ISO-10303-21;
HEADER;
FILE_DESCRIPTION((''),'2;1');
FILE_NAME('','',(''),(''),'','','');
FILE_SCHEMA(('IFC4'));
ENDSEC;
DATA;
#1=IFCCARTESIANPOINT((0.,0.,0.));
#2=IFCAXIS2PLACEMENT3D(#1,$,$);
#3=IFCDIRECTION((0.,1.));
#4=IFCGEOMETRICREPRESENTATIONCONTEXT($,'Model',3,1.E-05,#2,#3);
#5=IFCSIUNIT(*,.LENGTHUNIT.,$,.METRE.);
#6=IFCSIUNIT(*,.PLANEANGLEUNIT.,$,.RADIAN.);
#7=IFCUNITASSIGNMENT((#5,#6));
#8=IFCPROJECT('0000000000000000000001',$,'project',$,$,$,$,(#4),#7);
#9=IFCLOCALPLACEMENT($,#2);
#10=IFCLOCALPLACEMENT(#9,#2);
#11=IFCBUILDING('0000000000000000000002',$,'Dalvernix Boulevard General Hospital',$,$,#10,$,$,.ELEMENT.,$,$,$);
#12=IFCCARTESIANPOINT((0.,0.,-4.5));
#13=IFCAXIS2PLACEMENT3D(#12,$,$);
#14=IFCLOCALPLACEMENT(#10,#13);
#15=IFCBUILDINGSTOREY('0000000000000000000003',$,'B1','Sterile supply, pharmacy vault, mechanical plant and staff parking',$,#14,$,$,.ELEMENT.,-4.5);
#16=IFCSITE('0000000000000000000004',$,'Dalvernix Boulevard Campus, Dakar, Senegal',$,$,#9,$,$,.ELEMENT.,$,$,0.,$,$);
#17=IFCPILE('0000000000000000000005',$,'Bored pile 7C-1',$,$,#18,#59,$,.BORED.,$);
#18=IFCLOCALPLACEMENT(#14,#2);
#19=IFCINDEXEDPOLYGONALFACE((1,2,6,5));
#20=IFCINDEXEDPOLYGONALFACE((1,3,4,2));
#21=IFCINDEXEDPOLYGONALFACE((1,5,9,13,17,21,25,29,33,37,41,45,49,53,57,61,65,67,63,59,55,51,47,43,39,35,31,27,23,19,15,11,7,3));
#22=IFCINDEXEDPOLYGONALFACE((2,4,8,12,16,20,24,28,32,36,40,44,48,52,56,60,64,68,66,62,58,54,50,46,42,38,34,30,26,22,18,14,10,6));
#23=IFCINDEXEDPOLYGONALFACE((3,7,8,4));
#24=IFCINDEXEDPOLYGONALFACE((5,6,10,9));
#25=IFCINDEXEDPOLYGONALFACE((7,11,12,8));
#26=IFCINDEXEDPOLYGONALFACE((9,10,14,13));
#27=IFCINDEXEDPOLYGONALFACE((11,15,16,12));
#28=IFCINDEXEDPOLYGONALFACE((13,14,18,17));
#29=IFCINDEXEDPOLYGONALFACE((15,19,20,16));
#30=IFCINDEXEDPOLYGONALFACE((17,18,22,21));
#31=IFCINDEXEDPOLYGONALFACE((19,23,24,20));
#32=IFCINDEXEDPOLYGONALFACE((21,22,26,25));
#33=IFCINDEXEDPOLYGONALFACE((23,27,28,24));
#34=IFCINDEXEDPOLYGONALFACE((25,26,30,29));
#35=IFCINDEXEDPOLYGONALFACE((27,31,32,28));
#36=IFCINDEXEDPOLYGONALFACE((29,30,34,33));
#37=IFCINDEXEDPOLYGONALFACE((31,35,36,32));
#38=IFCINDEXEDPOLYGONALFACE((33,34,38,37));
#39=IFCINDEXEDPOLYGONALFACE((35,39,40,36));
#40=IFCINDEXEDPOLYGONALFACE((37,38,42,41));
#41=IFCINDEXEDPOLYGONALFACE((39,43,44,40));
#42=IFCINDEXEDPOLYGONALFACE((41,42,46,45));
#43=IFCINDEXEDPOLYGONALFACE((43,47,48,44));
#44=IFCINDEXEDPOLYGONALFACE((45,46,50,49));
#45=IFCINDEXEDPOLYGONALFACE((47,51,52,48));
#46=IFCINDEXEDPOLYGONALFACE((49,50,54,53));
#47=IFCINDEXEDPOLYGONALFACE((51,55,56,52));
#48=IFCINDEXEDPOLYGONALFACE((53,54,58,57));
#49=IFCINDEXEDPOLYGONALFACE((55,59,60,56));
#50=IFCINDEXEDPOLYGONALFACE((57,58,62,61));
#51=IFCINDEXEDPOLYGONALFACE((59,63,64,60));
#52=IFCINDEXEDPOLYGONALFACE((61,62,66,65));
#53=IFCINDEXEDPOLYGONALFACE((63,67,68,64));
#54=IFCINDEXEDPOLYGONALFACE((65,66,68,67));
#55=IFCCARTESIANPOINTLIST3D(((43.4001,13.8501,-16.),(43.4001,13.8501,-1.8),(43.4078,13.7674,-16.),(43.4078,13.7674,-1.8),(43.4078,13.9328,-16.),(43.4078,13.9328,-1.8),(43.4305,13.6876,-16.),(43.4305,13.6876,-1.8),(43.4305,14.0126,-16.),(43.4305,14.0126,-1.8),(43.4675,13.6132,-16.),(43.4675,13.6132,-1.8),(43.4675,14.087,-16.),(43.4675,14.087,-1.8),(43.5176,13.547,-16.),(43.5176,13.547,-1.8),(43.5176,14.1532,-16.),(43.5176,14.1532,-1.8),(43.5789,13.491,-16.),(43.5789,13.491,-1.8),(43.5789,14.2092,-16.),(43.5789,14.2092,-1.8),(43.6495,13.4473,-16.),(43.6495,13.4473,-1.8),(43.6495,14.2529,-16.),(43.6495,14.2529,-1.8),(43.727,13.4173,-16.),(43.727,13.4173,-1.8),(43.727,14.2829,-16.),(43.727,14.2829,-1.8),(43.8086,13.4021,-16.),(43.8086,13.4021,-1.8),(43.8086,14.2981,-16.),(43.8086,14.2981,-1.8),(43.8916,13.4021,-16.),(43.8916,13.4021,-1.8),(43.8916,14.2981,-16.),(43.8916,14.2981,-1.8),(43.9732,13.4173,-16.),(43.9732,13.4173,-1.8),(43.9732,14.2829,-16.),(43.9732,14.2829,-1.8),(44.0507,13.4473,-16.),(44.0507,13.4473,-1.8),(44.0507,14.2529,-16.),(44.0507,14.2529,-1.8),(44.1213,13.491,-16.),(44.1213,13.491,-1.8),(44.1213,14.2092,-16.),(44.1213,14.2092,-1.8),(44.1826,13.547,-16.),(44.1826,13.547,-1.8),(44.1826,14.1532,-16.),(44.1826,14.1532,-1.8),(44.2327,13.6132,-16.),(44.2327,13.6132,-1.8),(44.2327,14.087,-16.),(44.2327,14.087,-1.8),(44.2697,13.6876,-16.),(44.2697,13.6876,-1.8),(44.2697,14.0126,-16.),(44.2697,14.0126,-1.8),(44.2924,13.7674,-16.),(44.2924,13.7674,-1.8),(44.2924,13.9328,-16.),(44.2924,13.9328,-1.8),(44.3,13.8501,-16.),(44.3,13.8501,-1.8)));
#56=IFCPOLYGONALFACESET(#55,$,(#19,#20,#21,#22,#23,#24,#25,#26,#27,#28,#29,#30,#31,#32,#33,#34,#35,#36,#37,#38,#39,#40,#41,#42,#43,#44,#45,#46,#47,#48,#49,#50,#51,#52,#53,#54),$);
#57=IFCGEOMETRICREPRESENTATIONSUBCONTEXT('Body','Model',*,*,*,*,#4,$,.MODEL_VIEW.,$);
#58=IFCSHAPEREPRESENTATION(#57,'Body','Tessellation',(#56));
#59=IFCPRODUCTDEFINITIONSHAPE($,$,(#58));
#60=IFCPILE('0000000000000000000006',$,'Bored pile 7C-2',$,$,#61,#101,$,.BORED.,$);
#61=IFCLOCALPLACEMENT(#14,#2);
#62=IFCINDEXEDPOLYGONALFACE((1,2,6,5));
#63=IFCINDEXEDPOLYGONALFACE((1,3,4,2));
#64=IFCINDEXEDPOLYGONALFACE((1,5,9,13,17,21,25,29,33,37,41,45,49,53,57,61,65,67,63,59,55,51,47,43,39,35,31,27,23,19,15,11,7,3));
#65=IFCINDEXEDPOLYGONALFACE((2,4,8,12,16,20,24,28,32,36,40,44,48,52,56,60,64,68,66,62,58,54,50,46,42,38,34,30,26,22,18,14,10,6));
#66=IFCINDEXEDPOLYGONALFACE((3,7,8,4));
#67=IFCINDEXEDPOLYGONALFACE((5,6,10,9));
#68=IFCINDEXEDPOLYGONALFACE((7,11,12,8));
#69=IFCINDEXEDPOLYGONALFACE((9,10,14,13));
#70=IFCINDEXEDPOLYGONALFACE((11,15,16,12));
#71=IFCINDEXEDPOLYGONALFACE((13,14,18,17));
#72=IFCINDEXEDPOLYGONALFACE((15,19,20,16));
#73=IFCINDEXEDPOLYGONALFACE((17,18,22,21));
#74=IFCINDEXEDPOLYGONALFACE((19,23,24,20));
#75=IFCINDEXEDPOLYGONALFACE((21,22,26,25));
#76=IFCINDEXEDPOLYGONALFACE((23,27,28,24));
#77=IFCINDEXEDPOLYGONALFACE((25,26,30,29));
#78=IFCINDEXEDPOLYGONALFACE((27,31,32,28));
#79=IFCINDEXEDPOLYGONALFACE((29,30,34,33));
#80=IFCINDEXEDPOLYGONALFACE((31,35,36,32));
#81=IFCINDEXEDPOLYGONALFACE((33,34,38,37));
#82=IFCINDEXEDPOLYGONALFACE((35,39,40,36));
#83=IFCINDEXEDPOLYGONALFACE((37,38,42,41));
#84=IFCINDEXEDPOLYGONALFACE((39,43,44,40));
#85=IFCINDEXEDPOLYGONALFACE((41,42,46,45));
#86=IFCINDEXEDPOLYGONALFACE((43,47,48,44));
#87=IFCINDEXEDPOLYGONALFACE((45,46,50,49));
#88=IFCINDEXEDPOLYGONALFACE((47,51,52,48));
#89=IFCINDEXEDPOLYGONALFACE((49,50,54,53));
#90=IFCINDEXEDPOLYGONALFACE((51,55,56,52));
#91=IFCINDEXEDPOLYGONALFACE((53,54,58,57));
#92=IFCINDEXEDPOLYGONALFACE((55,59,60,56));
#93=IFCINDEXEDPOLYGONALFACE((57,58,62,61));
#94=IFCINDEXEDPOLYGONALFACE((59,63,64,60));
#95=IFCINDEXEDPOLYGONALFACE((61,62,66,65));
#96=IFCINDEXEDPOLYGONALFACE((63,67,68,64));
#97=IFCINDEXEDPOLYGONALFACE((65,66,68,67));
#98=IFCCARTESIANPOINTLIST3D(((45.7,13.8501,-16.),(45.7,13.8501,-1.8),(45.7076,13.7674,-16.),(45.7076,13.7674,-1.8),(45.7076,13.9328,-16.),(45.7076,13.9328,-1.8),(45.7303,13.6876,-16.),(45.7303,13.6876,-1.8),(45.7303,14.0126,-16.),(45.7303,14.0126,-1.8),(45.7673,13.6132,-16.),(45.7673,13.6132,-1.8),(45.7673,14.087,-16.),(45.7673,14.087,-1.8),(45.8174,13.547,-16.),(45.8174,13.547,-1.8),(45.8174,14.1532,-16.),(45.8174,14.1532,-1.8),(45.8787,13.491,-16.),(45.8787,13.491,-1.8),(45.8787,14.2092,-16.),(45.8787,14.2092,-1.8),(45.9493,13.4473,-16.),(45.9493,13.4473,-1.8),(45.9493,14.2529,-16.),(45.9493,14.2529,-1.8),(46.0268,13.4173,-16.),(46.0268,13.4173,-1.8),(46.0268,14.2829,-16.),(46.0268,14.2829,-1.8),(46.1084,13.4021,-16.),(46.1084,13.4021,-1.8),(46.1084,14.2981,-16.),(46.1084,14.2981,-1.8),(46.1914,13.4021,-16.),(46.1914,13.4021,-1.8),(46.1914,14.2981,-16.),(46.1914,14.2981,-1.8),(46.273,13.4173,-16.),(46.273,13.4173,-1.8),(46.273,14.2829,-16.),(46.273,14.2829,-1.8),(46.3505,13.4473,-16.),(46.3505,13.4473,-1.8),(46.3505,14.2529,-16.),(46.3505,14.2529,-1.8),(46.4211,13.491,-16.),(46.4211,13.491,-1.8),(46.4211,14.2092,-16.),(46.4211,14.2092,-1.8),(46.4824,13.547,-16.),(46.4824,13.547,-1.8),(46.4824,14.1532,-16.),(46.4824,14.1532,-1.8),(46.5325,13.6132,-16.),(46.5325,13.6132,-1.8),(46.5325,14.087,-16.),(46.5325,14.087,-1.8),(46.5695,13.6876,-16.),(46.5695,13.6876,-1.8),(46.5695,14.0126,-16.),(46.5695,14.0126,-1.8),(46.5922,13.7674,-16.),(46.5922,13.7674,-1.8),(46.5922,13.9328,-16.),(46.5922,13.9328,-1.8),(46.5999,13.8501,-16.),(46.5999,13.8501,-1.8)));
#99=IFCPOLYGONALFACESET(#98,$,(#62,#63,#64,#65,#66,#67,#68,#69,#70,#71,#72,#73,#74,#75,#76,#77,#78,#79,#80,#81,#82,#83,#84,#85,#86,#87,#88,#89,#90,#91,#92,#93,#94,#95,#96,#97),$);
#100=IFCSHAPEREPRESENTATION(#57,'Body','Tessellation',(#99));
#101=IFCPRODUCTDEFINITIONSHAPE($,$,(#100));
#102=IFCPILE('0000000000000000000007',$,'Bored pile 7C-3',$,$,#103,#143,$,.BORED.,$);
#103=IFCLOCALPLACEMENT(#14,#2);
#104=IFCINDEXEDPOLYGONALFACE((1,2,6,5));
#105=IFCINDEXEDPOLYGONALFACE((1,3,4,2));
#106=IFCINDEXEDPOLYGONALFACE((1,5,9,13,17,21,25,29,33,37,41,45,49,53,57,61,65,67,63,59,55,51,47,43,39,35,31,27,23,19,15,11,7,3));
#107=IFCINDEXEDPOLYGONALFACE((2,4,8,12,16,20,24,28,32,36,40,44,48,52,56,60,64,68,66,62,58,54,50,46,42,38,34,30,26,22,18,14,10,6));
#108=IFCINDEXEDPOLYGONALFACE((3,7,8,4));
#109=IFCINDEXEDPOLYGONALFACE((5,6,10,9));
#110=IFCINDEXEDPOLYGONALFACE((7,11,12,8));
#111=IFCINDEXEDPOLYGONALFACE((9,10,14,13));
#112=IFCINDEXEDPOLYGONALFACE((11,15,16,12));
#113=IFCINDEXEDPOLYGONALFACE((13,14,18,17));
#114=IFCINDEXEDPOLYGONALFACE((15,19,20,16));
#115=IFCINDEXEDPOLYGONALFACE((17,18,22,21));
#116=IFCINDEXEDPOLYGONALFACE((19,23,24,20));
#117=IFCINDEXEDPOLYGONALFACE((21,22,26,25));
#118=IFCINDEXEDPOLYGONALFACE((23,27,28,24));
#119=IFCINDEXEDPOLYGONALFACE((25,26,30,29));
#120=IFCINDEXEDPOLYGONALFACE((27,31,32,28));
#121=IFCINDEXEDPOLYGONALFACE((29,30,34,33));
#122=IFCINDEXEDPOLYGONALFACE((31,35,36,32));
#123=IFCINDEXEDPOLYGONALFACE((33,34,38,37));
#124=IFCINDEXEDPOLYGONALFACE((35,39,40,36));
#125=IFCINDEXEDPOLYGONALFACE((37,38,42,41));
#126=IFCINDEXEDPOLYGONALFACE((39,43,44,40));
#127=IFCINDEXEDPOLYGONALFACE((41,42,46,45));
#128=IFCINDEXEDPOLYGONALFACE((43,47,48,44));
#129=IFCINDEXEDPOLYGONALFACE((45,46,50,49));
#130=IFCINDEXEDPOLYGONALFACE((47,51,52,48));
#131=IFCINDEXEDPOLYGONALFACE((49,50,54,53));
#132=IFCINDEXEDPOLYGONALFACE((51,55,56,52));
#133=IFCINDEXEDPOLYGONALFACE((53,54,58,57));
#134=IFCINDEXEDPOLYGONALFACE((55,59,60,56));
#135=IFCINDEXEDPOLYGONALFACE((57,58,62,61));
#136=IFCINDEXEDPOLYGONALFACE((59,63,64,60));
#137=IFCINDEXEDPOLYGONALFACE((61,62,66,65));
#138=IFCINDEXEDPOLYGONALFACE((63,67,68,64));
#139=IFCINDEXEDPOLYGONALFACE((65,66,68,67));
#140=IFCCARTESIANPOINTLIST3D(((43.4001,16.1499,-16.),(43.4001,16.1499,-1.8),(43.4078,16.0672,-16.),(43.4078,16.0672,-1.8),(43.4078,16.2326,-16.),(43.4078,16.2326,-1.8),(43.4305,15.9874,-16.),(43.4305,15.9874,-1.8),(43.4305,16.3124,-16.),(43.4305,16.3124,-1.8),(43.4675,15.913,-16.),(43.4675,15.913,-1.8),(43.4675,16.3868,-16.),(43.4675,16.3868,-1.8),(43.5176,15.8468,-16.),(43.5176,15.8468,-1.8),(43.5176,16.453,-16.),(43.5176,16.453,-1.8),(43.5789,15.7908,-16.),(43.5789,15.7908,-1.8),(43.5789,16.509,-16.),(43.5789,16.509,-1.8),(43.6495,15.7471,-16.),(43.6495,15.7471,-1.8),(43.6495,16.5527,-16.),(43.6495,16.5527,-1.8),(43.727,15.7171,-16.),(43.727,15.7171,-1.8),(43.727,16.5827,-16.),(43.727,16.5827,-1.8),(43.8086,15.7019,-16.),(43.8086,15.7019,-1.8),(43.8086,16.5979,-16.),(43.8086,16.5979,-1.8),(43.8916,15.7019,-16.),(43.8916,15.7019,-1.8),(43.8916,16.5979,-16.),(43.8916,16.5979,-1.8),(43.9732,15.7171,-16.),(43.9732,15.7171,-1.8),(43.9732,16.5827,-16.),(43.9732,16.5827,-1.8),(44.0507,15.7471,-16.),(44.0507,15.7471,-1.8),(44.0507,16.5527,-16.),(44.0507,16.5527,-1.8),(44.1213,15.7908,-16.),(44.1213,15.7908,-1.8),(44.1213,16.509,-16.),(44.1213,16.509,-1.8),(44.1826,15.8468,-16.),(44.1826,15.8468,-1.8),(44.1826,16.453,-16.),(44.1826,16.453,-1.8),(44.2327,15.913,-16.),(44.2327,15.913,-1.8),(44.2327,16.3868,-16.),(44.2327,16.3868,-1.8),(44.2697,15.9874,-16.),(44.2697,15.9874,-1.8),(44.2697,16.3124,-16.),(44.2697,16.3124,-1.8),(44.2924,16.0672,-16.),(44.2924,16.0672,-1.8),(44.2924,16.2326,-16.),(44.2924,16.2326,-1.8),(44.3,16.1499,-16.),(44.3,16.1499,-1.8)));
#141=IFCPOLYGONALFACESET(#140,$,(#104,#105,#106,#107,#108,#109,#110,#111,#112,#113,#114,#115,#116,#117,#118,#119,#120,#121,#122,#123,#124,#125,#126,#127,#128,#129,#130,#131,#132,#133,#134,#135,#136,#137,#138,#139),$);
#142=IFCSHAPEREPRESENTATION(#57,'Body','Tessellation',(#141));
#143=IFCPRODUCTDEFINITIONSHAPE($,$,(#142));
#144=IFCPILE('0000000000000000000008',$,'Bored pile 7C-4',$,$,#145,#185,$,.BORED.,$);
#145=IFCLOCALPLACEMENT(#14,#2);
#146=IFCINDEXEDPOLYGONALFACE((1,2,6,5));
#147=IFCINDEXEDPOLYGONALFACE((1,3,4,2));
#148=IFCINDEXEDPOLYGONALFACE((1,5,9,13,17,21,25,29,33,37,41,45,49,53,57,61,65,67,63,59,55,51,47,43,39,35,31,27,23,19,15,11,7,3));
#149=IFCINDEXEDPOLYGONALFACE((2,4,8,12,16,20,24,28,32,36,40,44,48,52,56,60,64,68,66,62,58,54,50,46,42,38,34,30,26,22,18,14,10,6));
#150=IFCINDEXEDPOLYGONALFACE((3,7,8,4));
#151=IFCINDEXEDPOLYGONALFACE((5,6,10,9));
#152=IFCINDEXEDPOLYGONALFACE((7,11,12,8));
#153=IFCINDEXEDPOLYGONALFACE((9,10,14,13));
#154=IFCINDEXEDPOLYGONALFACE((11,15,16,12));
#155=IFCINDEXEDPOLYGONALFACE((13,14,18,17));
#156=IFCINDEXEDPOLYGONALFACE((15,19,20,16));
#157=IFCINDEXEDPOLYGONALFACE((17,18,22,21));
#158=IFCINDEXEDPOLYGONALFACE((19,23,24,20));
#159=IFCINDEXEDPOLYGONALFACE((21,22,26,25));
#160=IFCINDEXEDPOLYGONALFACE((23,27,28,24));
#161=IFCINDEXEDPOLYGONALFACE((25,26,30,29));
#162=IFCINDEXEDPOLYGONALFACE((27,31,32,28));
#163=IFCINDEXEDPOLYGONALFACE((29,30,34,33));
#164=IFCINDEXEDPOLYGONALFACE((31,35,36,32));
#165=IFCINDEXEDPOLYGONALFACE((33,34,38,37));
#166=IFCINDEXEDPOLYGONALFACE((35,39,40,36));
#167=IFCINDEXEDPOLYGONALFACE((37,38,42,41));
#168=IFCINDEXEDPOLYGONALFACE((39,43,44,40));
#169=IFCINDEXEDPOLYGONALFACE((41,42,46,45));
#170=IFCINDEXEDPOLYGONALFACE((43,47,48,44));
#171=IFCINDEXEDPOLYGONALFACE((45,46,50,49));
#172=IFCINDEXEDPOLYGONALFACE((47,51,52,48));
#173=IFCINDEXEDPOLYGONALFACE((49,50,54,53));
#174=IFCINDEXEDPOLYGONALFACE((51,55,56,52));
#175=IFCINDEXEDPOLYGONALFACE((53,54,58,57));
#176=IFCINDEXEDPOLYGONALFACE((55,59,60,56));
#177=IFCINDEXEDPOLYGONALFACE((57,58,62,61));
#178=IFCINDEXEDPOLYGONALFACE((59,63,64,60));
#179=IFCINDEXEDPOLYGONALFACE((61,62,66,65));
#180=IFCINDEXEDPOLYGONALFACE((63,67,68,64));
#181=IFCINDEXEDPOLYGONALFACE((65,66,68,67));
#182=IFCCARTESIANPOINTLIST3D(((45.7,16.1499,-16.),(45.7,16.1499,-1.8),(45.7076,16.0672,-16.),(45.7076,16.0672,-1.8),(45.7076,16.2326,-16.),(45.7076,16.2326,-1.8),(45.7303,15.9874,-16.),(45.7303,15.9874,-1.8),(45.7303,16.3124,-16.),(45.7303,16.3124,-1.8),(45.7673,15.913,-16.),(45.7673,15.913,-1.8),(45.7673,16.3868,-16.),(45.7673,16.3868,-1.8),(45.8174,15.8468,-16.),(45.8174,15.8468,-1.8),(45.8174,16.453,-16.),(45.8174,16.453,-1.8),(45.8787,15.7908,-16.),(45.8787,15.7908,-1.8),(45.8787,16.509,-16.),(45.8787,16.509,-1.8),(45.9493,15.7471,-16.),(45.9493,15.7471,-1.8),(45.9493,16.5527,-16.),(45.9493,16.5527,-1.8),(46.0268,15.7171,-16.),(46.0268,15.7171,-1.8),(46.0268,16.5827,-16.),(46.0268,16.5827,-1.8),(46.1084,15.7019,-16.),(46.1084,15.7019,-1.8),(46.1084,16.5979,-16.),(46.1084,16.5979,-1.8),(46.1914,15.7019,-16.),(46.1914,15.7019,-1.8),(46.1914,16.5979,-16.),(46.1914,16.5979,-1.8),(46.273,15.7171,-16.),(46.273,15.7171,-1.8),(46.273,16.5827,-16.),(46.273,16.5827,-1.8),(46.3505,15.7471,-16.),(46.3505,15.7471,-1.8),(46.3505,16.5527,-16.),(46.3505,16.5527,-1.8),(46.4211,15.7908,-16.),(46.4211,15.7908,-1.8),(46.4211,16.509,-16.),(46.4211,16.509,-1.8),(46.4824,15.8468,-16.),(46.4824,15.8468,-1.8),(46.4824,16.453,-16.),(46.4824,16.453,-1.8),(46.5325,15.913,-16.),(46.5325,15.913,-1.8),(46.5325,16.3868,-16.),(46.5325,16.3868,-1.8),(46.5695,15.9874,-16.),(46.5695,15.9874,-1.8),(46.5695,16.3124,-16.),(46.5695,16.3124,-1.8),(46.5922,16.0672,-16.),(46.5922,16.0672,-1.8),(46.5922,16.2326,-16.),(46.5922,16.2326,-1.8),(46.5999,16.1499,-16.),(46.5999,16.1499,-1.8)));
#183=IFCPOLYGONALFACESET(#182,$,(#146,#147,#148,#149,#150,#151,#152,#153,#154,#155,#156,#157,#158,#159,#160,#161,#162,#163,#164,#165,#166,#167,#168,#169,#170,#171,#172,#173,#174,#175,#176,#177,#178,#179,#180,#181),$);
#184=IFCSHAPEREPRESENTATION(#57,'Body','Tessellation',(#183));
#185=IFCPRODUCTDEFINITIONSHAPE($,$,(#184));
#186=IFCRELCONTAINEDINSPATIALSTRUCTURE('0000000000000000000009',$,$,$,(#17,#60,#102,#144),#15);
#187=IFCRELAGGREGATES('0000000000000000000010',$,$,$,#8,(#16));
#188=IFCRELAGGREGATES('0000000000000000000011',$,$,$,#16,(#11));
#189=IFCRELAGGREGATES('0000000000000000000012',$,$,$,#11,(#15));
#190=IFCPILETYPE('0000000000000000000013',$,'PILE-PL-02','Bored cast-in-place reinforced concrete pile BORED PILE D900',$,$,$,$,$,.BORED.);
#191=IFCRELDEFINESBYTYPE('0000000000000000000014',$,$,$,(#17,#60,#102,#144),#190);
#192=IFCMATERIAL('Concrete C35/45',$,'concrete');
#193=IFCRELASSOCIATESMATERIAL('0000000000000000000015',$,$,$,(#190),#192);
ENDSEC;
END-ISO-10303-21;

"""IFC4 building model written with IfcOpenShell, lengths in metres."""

from ifc_helpers import new_model, si_unit, direction, frame, origin, origin_2d, place, context, subcontext, project, spatial, circle, extrude, material, material_profile, profile_set, type_object, element, save


model = new_model("IFC4")

# Units and contexts
model_context = context("Model", 3, precision=1e-05, world=origin(), true_north=direction((0.0, 1.0)))
body_context = subcontext(model_context, "Body", "Model", "MODEL_VIEW")
ifc_project = project(units=[si_unit("LENGTHUNIT", "METRE"), si_unit("PLANEANGLEUNIT", "RADIAN")], contexts=[model_context])

# Site, building, storey
site_placement = place(None, origin())
site = spatial("IfcSite", under=ifc_project, at=site_placement, Name="Dalvernix Boulevard Campus, Dakar, Senegal", CompositionType="ELEMENT", RefElevation=0.0)
building_placement = place(site_placement, origin())
building = spatial("IfcBuilding", under=site, at=building_placement, Name="Dalvernix Boulevard General Hospital", CompositionType="ELEMENT")
storey_placement = place(building_placement, frame((0.0, 0.0, -4.5)))
storey = spatial("IfcBuildingStorey", under=building, at=storey_placement, Name="B1", Description="Sterile supply, pharmacy vault, mechanical plant and staff parking", CompositionType="ELEMENT", Elevation=-4.5)

# Shared definitions
ifc_material_1 = material(Name="Concrete C35/45", Category="concrete")

# Piles
ifc_material_profile_1 = material_profile(ifc_material_1, circle(Radius=0.45, at=origin_2d()), Name="BORED PILE D900")
ifc_profile_set_1 = profile_set([ifc_material_profile_1], Name="Concrete C35/45")
pile_type_1 = type_object("IfcPileType", Name="PILE-PL-02", Description="Bored cast-in-place reinforced concrete pile BORED PILE D900", PredefinedType="BORED", material=ifc_profile_set_1)
for number, where, z_axis, x_axis, name in (
    (1, (43.8501, 13.8501, -1.8), (0.0, 0.0, -1.0), (1.0, 0.0, 0.0), "Bored pile 7C-1"),
    (2, (46.1499, 13.8501, -1.8), (0.0, 0.0, -1.0), (1.0, 0.0, 0.0), "Bored pile 7C-2"),
    (3, (43.8501, 16.1499, -1.8), (0.0, 0.0, -1.0), (1.0, 0.0, 0.0), "Bored pile 7C-3"),
    (4, (46.1499, 16.1499, -1.8), (0.0, 0.0, -1.0), (1.0, 0.0, 0.0), "Bored pile 7C-4"),
):
    element("IfcPile", number, at=place(storey_placement, frame(where, z_axis=z_axis, x_axis=x_axis)), inside=storey, type_object=pile_type_1, Name=name, PredefinedType="BORED", context=body_context, shape_type="SweptSolid", body=[
        extrude(circle(Radius=0.45, at=origin_2d()), origin(), (0.0, 0.0, 1.0), 14.2),
    ])

save(model, "model.ifc")
